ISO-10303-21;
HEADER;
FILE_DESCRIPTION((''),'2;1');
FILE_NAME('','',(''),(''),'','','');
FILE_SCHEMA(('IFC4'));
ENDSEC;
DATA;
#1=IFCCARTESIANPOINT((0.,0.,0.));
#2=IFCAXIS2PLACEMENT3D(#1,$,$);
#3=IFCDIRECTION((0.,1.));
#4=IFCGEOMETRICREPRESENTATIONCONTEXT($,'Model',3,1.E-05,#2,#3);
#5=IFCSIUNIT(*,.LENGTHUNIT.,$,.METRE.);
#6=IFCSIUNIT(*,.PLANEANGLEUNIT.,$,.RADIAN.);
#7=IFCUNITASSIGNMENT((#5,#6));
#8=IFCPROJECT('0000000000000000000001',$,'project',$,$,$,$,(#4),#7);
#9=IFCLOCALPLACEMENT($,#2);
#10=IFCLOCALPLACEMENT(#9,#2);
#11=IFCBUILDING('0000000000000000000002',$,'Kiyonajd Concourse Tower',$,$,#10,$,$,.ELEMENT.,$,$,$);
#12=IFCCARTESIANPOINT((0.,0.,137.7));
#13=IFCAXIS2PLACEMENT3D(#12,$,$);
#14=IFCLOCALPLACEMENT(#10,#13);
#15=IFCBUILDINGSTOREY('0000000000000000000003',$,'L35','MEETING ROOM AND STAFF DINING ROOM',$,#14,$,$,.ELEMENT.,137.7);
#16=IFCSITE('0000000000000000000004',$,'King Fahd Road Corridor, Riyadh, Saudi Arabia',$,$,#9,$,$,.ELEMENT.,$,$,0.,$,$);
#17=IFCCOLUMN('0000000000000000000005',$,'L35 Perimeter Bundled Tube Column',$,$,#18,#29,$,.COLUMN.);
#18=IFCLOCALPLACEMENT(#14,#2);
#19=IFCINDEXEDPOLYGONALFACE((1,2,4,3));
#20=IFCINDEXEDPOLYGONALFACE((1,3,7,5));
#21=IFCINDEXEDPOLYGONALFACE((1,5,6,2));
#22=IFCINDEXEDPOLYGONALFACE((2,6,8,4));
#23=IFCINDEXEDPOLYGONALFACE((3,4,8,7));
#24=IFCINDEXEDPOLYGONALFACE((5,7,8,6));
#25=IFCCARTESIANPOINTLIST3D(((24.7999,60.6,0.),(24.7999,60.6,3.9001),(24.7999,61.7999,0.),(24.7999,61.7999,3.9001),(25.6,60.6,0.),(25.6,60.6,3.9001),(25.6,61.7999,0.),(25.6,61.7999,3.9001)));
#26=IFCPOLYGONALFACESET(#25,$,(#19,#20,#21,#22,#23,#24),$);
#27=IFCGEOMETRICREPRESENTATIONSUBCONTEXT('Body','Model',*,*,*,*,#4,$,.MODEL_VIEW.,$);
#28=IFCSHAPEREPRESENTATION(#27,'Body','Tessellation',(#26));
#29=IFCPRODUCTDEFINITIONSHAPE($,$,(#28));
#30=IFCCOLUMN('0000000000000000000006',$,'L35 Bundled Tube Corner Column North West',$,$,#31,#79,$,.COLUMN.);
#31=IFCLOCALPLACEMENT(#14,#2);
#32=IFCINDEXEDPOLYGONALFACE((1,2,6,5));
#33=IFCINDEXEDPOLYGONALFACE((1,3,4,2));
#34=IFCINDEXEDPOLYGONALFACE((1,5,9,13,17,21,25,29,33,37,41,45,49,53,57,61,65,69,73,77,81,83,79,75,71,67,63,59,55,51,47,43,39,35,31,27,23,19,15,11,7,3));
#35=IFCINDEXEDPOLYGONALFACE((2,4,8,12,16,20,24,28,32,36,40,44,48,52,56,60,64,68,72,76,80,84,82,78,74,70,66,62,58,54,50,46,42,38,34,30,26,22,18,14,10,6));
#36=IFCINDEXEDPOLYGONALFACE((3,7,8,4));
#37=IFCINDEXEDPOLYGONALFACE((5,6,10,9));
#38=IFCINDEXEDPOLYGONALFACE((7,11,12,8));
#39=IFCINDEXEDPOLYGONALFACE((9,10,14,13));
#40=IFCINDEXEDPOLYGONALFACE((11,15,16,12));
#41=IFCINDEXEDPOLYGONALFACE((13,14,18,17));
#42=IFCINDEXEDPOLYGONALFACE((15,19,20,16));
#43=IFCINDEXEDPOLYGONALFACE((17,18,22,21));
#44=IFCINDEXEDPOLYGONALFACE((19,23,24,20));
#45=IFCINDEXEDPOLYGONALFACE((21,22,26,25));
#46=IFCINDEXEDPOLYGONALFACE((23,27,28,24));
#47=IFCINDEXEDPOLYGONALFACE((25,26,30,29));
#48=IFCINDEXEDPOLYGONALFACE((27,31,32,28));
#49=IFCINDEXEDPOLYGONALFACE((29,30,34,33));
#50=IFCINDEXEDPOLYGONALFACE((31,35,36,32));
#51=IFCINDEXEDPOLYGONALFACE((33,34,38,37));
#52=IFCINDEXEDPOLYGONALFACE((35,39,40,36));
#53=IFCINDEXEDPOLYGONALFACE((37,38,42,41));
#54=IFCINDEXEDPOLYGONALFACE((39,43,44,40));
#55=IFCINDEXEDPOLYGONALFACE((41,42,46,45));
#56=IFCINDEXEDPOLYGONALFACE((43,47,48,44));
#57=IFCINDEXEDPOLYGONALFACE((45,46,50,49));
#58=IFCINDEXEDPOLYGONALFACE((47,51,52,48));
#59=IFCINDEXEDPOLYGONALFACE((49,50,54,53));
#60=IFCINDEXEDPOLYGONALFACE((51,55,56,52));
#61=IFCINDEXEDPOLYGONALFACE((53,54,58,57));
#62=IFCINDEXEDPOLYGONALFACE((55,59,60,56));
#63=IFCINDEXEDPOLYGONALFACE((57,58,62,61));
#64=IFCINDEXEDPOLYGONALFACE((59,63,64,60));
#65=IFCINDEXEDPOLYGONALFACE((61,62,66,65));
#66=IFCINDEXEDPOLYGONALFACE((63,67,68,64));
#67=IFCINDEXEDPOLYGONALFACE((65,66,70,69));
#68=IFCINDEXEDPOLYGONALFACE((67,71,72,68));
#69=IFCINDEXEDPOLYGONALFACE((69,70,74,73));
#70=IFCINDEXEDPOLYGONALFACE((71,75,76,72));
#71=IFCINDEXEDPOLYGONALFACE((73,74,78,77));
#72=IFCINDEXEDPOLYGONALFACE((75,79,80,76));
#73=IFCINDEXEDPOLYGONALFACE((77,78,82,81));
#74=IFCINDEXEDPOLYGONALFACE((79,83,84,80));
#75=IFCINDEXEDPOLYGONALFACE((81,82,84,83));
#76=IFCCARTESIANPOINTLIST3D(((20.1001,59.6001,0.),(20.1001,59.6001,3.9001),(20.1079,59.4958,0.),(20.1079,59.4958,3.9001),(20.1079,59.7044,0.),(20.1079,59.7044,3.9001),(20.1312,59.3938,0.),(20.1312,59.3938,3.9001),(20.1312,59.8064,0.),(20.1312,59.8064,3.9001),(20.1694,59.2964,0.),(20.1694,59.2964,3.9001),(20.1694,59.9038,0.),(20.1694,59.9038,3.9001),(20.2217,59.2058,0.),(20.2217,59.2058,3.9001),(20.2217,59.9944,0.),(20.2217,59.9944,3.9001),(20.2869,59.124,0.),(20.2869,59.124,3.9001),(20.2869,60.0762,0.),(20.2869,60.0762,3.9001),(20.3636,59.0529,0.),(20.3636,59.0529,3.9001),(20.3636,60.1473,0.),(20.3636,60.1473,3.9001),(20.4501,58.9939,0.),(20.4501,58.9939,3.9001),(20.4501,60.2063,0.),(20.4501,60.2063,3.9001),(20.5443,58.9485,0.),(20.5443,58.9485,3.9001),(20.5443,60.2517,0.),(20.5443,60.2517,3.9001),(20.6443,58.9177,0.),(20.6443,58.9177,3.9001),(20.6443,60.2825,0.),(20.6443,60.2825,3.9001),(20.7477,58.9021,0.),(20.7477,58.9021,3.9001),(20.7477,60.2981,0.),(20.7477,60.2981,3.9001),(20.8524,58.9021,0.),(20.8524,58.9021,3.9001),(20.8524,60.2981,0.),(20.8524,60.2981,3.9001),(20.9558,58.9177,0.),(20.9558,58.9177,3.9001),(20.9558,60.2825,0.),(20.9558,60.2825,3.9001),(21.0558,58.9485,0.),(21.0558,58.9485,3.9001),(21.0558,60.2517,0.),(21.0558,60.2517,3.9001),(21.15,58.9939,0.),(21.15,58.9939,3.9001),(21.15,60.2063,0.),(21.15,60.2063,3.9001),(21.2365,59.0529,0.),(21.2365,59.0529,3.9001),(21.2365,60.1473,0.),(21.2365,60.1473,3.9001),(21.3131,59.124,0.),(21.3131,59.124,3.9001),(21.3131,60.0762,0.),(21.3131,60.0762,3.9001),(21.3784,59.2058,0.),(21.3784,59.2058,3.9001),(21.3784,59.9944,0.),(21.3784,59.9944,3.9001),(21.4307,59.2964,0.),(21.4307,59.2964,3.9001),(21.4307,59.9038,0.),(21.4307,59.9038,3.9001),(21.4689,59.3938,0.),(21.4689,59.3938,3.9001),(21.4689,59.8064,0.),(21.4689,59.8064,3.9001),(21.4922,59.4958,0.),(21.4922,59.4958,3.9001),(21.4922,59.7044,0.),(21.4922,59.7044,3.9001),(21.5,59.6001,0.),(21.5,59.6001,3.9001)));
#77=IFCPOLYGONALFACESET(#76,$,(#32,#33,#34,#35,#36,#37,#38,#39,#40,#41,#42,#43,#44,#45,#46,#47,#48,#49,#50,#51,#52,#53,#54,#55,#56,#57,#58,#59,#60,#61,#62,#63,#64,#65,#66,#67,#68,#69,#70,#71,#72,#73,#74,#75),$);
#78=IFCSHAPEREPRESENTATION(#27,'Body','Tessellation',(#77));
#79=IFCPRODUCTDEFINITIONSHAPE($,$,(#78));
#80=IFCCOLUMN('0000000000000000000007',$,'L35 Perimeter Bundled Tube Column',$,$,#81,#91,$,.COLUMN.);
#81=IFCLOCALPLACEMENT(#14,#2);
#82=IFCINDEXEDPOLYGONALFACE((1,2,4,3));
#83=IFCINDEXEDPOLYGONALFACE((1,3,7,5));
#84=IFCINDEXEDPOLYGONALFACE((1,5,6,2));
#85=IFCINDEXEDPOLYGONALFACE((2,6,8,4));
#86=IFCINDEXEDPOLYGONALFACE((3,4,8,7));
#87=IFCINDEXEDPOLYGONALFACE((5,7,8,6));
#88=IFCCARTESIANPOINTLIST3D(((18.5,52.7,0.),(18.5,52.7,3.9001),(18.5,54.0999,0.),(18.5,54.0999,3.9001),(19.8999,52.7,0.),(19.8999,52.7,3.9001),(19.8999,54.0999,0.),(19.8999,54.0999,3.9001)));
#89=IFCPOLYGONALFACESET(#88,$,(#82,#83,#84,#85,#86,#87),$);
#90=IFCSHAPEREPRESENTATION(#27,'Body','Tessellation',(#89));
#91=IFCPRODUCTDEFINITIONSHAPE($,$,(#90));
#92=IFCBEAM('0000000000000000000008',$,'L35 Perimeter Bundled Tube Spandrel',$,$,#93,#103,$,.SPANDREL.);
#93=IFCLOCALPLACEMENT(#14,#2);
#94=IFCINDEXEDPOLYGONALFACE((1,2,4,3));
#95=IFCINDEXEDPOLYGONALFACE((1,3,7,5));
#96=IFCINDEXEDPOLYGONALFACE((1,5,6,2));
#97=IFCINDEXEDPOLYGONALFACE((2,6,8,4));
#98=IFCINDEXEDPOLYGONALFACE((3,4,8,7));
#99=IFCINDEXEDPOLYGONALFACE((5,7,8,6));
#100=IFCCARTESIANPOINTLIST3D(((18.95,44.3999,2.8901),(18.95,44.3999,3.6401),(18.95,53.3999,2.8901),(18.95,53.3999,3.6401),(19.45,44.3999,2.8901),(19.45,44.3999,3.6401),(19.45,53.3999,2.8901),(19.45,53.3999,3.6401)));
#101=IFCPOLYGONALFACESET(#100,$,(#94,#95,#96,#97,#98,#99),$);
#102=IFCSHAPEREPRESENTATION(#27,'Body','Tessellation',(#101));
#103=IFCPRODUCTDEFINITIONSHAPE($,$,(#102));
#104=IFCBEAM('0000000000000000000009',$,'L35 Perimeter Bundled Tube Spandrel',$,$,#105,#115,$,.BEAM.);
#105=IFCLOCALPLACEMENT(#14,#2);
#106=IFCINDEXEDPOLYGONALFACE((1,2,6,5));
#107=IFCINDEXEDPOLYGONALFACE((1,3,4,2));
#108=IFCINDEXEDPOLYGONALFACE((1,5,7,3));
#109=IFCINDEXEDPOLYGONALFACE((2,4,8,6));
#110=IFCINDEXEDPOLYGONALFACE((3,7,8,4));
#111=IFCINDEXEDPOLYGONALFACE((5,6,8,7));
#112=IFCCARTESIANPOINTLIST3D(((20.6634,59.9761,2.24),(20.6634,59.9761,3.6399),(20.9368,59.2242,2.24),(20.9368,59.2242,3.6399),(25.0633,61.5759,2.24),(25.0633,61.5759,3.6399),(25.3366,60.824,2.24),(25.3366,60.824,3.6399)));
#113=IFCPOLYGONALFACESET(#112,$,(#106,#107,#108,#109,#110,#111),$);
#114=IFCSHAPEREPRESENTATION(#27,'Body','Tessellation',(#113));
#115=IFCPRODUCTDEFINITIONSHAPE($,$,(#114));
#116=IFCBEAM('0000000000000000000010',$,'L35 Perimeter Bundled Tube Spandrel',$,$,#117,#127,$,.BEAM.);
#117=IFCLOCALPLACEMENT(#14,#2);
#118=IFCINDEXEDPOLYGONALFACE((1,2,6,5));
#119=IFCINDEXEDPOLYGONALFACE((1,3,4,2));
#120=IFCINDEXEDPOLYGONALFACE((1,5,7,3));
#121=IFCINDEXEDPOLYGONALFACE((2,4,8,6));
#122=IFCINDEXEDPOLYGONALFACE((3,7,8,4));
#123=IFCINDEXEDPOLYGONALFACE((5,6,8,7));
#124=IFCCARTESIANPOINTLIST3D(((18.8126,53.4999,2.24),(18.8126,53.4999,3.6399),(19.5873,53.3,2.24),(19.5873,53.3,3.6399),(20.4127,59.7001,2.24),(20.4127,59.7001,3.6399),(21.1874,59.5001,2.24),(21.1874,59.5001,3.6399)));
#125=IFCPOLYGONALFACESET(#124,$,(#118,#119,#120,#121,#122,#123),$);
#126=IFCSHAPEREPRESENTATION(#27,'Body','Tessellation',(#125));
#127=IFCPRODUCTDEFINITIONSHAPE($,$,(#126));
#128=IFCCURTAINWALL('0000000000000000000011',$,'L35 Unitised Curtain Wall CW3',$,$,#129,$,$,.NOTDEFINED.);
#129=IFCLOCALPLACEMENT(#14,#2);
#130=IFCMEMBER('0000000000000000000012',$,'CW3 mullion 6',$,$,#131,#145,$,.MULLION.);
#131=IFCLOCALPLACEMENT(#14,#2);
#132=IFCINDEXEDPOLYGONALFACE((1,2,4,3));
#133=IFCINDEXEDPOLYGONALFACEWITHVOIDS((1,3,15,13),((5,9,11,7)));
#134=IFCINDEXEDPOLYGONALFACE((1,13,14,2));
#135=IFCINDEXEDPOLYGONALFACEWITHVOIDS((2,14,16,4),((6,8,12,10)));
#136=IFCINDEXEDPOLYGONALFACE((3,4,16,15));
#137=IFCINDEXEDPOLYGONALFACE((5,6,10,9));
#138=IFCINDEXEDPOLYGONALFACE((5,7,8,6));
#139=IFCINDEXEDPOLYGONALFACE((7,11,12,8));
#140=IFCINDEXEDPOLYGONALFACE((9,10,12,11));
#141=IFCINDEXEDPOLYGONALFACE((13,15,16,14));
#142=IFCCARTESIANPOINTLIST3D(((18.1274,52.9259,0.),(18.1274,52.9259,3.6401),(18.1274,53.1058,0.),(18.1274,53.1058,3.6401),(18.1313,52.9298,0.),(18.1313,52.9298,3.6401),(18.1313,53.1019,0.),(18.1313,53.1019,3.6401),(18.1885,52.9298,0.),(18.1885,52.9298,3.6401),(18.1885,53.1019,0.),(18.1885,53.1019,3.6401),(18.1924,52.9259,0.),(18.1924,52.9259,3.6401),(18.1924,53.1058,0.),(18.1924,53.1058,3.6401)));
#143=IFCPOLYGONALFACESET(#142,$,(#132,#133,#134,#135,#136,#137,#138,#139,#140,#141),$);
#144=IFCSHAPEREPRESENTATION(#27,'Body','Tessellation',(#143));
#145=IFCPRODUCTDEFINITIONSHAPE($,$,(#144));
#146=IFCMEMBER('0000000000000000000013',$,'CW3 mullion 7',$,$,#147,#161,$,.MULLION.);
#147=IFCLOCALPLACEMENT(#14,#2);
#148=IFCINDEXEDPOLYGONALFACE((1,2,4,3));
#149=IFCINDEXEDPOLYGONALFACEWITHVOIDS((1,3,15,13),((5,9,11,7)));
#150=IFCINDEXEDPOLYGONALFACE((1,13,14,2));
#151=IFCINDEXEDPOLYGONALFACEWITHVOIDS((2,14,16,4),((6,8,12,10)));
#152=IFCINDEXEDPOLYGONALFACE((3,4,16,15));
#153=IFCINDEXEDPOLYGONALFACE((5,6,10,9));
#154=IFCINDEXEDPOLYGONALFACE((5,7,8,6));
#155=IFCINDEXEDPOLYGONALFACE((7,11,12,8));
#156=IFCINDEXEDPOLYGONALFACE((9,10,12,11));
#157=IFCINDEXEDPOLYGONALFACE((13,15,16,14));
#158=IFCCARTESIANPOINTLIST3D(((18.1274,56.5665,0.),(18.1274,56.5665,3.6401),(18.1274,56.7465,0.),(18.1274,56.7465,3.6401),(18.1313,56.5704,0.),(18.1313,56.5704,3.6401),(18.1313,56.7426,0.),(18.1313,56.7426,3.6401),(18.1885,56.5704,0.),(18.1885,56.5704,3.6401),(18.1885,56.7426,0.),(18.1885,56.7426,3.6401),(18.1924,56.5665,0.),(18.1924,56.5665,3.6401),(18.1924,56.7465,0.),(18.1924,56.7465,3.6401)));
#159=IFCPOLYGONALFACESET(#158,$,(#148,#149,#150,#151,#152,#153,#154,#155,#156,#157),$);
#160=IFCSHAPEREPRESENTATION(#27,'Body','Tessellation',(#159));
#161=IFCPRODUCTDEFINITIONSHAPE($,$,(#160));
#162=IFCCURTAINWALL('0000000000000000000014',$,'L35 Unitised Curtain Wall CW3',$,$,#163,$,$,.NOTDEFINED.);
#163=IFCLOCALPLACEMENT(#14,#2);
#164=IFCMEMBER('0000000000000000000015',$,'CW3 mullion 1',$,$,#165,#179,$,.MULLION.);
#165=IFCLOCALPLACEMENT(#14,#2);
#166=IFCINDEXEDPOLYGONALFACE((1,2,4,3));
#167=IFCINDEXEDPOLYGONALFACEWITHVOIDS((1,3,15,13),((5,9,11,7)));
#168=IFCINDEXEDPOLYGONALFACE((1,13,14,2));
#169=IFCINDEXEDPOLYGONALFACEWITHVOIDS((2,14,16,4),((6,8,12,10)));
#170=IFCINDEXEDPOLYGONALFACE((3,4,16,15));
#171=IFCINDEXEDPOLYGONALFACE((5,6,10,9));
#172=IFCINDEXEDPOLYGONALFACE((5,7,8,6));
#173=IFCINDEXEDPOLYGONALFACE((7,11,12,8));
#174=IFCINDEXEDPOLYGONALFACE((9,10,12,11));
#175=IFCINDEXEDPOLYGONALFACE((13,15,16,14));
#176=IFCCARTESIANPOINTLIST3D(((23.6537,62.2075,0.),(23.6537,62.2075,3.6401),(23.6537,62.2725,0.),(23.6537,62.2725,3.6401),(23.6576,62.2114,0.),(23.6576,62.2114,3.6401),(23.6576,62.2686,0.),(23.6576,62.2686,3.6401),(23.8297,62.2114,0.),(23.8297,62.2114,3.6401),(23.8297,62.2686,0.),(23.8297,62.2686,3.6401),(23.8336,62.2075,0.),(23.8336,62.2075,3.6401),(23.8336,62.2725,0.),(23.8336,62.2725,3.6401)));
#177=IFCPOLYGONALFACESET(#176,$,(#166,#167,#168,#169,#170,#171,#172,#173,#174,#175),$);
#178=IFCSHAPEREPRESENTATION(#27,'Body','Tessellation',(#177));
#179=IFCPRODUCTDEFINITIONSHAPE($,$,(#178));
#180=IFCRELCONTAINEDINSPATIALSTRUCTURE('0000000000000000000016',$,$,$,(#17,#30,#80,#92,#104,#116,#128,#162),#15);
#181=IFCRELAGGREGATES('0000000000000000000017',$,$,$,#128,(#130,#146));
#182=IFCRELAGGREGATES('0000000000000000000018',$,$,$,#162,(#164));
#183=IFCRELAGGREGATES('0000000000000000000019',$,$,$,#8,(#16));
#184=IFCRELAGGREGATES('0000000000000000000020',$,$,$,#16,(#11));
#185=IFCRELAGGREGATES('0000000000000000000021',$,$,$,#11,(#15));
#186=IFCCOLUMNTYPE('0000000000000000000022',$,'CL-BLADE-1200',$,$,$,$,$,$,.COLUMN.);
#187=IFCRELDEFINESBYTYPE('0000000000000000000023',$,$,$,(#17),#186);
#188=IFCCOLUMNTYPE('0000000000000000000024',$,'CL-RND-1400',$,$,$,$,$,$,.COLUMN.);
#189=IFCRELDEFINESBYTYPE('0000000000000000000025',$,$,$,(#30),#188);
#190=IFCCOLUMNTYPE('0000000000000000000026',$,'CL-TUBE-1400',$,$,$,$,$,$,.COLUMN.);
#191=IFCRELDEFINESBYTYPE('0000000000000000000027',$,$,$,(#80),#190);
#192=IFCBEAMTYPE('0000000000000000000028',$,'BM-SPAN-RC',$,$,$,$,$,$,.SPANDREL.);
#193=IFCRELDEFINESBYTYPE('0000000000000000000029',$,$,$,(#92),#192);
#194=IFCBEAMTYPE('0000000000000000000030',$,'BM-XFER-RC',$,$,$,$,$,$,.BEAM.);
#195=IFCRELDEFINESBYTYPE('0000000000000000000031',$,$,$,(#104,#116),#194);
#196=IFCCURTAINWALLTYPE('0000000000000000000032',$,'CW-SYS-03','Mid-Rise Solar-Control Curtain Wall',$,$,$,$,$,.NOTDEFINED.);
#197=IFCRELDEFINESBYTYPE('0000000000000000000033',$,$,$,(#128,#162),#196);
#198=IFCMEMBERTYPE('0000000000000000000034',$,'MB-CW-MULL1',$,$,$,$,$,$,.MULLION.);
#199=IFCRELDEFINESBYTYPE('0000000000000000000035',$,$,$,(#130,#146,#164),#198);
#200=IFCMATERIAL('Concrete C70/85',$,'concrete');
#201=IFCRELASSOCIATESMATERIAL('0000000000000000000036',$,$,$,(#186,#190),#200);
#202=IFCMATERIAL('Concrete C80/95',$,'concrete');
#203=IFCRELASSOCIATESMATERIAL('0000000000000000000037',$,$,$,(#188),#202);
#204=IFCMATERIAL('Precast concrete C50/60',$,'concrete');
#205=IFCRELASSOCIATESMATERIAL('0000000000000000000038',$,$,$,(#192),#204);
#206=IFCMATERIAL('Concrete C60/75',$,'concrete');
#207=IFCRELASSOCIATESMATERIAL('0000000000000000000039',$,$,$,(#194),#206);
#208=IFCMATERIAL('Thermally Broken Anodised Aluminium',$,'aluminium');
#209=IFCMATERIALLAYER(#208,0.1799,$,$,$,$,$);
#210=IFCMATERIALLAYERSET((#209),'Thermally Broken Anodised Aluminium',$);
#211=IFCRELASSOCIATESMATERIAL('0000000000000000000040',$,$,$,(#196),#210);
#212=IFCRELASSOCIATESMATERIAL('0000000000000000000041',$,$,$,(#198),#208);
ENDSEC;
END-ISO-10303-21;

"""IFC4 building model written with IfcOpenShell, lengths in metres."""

from ifc_helpers import new_model, si_unit, direction, frame, origin, origin_2d, place, context, subcontext, project, spatial, rectangle, hollow_rectangle, circle, extrude, material, layer, layer_set, material_profile, profile_set, type_object, element, aggregate, save


model = new_model("IFC4")

# Units and contexts
model_context = context("Model", 3, precision=1e-05, world=origin(), true_north=direction((0.0, 1.0)))
body_context = subcontext(model_context, "Body", "Model", "MODEL_VIEW")
ifc_project = project(units=[si_unit("LENGTHUNIT", "METRE"), si_unit("PLANEANGLEUNIT", "RADIAN")], contexts=[model_context])

# Site, building, storey
site_placement = place(None, origin())
site = spatial("IfcSite", under=ifc_project, at=site_placement, Name="King Fahd Road Corridor, Riyadh, Saudi Arabia", CompositionType="ELEMENT", RefElevation=0.0)
building_placement = place(site_placement, origin())
building = spatial("IfcBuilding", under=site, at=building_placement, Name="Kiyonajd Concourse Tower", CompositionType="ELEMENT")
storey_placement = place(building_placement, frame((0.0, 0.0, 137.7)))
storey = spatial("IfcBuildingStorey", under=building, at=storey_placement, Name="L35", Description="MEETING ROOM AND STAFF DINING ROOM", CompositionType="ELEMENT", Elevation=137.7)

# Columns
ifc_material_1 = material(Name="Concrete C70/85", Category="concrete")
ifc_material_profile_1 = material_profile(ifc_material_1, rectangle(XDim=0.8, YDim=1.2, at=origin_2d()), Name="RC-1200x800")
ifc_profile_set_1 = profile_set([ifc_material_profile_1], Name="Concrete C70/85")
column_type_1 = type_object("IfcColumnType", Name="CL-BLADE-1200", PredefinedType="COLUMN", material=ifc_profile_set_1)
column_1_placement = place(storey_placement, frame((25.2, 61.2, 0.0), z_axis=(0.0, 0.0, 1.0), x_axis=(1.0, 0.0, 0.0)))
element("IfcColumn", 1, at=column_1_placement, inside=storey, type_object=column_type_1, Name="L35 Perimeter Bundled Tube Column", PredefinedType="COLUMN", context=body_context, shape_type="SweptSolid", body=[
    extrude(rectangle(XDim=0.8, YDim=1.2, at=origin_2d()), origin(), (0.0, 0.0, 1.0), 3.9001),
])
ifc_material_2 = material(Name="Concrete C80/95", Category="concrete")
ifc_material_profile_2 = material_profile(ifc_material_2, circle(Radius=0.7, at=origin_2d()), Name="RCC-D1400")
ifc_profile_set_2 = profile_set([ifc_material_profile_2], Name="Concrete C80/95")
column_type_2 = type_object("IfcColumnType", Name="CL-RND-1400", PredefinedType="COLUMN", material=ifc_profile_set_2)
column_2_placement = place(storey_placement, frame((20.8, 59.6001, 0.0), z_axis=(0.0, 0.0, 1.0), x_axis=(1.0, 0.0, 0.0)))
element("IfcColumn", 2, at=column_2_placement, inside=storey, type_object=column_type_2, Name="L35 Bundled Tube Corner Column North West", PredefinedType="COLUMN", context=body_context, shape_type="SweptSolid", body=[
    extrude(circle(Radius=0.7, at=origin_2d()), origin(), (0.0, 0.0, 1.0), 3.9001),
])
ifc_material_profile_3 = material_profile(ifc_material_1, rectangle(XDim=1.3999, YDim=1.3999, at=origin_2d()), Name="RC-1400x1400")
ifc_profile_set_3 = profile_set([ifc_material_profile_3], Name="Concrete C70/85")
column_type_3 = type_object("IfcColumnType", Name="CL-TUBE-1400", PredefinedType="COLUMN", material=ifc_profile_set_3)
column_3_placement = place(storey_placement, frame((19.2, 53.3999, 0.0), z_axis=(0.0, 0.0, 1.0), x_axis=(1.0, 0.0, 0.0)))
element("IfcColumn", 3, at=column_3_placement, inside=storey, type_object=column_type_3, Name="L35 Perimeter Bundled Tube Column", PredefinedType="COLUMN", context=body_context, shape_type="SweptSolid", body=[
    extrude(rectangle(XDim=1.3999, YDim=1.3999, at=origin_2d()), origin(), (0.0, 0.0, 1.0), 3.9001),
])

# Beams
ifc_material_3 = material(Name="Precast concrete C50/60", Category="concrete")
ifc_material_profile_4 = material_profile(ifc_material_3, rectangle(XDim=0.5, YDim=0.75, at=origin_2d()), Name="RCBM-500x750")
ifc_profile_set_4 = profile_set([ifc_material_profile_4], Name="Precast concrete C50/60")
beam_type_1 = type_object("IfcBeamType", Name="BM-SPAN-RC", PredefinedType="SPANDREL", material=ifc_profile_set_4)
beam_1_placement = place(storey_placement, frame((19.2, 53.3999, 3.2651), z_axis=(0.0, -1.0, 0.0), x_axis=(1.0, 0.0, 0.0)))
element("IfcBeam", 4, at=beam_1_placement, inside=storey, type_object=beam_type_1, Name="L35 Perimeter Bundled Tube Spandrel", PredefinedType="SPANDREL", context=body_context, shape_type="SweptSolid", body=[
    extrude(rectangle(XDim=0.5, YDim=0.75, at=origin_2d()), origin(), (0.0, 0.0, 1.0), 9.0),
])
ifc_material_4 = material(Name="Concrete C60/75", Category="concrete")
ifc_material_profile_5 = material_profile(ifc_material_4, rectangle(XDim=0.8, YDim=1.3999, at=origin_2d()), Name="RCBM-800x1400")
ifc_profile_set_5 = profile_set([ifc_material_profile_5], Name="Concrete C60/75")
beam_type_2 = type_object("IfcBeamType", Name="BM-XFER-RC", PredefinedType="BEAM", material=ifc_profile_set_5)
beam_2_placement = place(storey_placement, frame((25.2, 61.2, 2.9399), z_axis=(-0.939801, -0.341722, 0.0), x_axis=(0.341722, -0.939801, 0.0)))
element("IfcBeam", 5, at=beam_2_placement, inside=storey, type_object=beam_type_2, Name="L35 Perimeter Bundled Tube Spandrel", PredefinedType="BEAM", context=body_context, shape_type="SweptSolid", body=[
    extrude(rectangle(XDim=0.8, YDim=1.3999, at=origin_2d()), origin(), (0.0, 0.0, 1.0), 4.6816),
])
beam_3_placement = place(storey_placement, frame((20.8, 59.6001, 2.9399), z_axis=(-0.249885, -0.968276, 0.0), x_axis=(0.968276, -0.249885, 0.0)))
element("IfcBeam", 6, at=beam_3_placement, inside=storey, type_object=beam_type_2, Name="L35 Perimeter Bundled Tube Spandrel", PredefinedType="BEAM", context=body_context, shape_type="SweptSolid", body=[
    extrude(rectangle(XDim=0.8, YDim=1.3999, at=origin_2d()), origin(), (0.0, 0.0, 1.0), 6.4033),
])

# Curtain walls, members
ifc_material_5 = material(Name="Thermally Broken Anodised Aluminium", Category="aluminium")
ifc_layer_1 = layer(ifc_material_5, 0.1799)
ifc_layer_set_1 = layer_set([ifc_layer_1], Name="Thermally Broken Anodised Aluminium")
curtain_wall_type = type_object("IfcCurtainWallType", Name="CW-SYS-03", Description="Mid-Rise Solar-Control Curtain Wall", PredefinedType="NOTDEFINED", material=ifc_layer_set_1)
curtain_wall_1_placement = place(storey_placement, origin())
curtain_wall_1 = element("IfcCurtainWall", 7, at=curtain_wall_1_placement, inside=storey, type_object=curtain_wall_type, Name="L35 Unitised Curtain Wall CW3", PredefinedType="NOTDEFINED")
ifc_material_profile_6 = material_profile(ifc_material_5, hollow_rectangle(XDim=0.0649, YDim=0.1799, WallThickness=0.0039, at=origin_2d()), Name="MULL-65x180")
ifc_profile_set_6 = profile_set([ifc_material_profile_6], Name="Thermally Broken Anodised Aluminium")
member_type_1 = type_object("IfcMemberType", Name="MB-CW-MULL1", PredefinedType="MULLION", material=ifc_profile_set_6)
member_1_placement = place(storey_placement, frame((18.1599, 53.0159, 0.0), z_axis=(0.0, 0.0, 1.0), x_axis=(-1.0, 0.0, 0.0)))
member_1 = element("IfcMember", 8, at=member_1_placement, type_object=member_type_1, Name="CW3 mullion 6", PredefinedType="MULLION", context=body_context, shape_type="SweptSolid", body=[
    extrude(hollow_rectangle(XDim=0.0649, YDim=0.1799, WallThickness=0.0039, at=origin_2d()), origin(), (0.0, 0.0, 1.0), 3.6401),
])
member_2_placement = place(storey_placement, frame((18.1599, 56.6565, 0.0), z_axis=(0.0, 0.0, 1.0), x_axis=(-1.0, 0.0, 0.0)))
member_2 = element("IfcMember", 9, at=member_2_placement, type_object=member_type_1, Name="CW3 mullion 7", PredefinedType="MULLION", context=body_context, shape_type="SweptSolid", body=[
    extrude(hollow_rectangle(XDim=0.0649, YDim=0.1799, WallThickness=0.0039, at=origin_2d()), origin(), (0.0, 0.0, 1.0), 3.6401),
])
curtain_wall_2_placement = place(storey_placement, origin())
curtain_wall_2 = element("IfcCurtainWall", 10, at=curtain_wall_2_placement, inside=storey, type_object=curtain_wall_type, Name="L35 Unitised Curtain Wall CW3", PredefinedType="NOTDEFINED")
member_3_placement = place(storey_placement, frame((23.7437, 62.24, 0.0), z_axis=(0.0, 0.0, 1.0), x_axis=(0.0, 1.0, 0.0)))
member_3 = element("IfcMember", 11, at=member_3_placement, type_object=member_type_1, Name="CW3 mullion 1", PredefinedType="MULLION", context=body_context, shape_type="SweptSolid", body=[
    extrude(hollow_rectangle(XDim=0.0649, YDim=0.1799, WallThickness=0.0039, at=origin_2d()), origin(), (0.0, 0.0, 1.0), 3.6401),
])

aggregate(curtain_wall_1, [member_1, member_2])
aggregate(curtain_wall_2, [member_3])

save(model, "model.ifc")
